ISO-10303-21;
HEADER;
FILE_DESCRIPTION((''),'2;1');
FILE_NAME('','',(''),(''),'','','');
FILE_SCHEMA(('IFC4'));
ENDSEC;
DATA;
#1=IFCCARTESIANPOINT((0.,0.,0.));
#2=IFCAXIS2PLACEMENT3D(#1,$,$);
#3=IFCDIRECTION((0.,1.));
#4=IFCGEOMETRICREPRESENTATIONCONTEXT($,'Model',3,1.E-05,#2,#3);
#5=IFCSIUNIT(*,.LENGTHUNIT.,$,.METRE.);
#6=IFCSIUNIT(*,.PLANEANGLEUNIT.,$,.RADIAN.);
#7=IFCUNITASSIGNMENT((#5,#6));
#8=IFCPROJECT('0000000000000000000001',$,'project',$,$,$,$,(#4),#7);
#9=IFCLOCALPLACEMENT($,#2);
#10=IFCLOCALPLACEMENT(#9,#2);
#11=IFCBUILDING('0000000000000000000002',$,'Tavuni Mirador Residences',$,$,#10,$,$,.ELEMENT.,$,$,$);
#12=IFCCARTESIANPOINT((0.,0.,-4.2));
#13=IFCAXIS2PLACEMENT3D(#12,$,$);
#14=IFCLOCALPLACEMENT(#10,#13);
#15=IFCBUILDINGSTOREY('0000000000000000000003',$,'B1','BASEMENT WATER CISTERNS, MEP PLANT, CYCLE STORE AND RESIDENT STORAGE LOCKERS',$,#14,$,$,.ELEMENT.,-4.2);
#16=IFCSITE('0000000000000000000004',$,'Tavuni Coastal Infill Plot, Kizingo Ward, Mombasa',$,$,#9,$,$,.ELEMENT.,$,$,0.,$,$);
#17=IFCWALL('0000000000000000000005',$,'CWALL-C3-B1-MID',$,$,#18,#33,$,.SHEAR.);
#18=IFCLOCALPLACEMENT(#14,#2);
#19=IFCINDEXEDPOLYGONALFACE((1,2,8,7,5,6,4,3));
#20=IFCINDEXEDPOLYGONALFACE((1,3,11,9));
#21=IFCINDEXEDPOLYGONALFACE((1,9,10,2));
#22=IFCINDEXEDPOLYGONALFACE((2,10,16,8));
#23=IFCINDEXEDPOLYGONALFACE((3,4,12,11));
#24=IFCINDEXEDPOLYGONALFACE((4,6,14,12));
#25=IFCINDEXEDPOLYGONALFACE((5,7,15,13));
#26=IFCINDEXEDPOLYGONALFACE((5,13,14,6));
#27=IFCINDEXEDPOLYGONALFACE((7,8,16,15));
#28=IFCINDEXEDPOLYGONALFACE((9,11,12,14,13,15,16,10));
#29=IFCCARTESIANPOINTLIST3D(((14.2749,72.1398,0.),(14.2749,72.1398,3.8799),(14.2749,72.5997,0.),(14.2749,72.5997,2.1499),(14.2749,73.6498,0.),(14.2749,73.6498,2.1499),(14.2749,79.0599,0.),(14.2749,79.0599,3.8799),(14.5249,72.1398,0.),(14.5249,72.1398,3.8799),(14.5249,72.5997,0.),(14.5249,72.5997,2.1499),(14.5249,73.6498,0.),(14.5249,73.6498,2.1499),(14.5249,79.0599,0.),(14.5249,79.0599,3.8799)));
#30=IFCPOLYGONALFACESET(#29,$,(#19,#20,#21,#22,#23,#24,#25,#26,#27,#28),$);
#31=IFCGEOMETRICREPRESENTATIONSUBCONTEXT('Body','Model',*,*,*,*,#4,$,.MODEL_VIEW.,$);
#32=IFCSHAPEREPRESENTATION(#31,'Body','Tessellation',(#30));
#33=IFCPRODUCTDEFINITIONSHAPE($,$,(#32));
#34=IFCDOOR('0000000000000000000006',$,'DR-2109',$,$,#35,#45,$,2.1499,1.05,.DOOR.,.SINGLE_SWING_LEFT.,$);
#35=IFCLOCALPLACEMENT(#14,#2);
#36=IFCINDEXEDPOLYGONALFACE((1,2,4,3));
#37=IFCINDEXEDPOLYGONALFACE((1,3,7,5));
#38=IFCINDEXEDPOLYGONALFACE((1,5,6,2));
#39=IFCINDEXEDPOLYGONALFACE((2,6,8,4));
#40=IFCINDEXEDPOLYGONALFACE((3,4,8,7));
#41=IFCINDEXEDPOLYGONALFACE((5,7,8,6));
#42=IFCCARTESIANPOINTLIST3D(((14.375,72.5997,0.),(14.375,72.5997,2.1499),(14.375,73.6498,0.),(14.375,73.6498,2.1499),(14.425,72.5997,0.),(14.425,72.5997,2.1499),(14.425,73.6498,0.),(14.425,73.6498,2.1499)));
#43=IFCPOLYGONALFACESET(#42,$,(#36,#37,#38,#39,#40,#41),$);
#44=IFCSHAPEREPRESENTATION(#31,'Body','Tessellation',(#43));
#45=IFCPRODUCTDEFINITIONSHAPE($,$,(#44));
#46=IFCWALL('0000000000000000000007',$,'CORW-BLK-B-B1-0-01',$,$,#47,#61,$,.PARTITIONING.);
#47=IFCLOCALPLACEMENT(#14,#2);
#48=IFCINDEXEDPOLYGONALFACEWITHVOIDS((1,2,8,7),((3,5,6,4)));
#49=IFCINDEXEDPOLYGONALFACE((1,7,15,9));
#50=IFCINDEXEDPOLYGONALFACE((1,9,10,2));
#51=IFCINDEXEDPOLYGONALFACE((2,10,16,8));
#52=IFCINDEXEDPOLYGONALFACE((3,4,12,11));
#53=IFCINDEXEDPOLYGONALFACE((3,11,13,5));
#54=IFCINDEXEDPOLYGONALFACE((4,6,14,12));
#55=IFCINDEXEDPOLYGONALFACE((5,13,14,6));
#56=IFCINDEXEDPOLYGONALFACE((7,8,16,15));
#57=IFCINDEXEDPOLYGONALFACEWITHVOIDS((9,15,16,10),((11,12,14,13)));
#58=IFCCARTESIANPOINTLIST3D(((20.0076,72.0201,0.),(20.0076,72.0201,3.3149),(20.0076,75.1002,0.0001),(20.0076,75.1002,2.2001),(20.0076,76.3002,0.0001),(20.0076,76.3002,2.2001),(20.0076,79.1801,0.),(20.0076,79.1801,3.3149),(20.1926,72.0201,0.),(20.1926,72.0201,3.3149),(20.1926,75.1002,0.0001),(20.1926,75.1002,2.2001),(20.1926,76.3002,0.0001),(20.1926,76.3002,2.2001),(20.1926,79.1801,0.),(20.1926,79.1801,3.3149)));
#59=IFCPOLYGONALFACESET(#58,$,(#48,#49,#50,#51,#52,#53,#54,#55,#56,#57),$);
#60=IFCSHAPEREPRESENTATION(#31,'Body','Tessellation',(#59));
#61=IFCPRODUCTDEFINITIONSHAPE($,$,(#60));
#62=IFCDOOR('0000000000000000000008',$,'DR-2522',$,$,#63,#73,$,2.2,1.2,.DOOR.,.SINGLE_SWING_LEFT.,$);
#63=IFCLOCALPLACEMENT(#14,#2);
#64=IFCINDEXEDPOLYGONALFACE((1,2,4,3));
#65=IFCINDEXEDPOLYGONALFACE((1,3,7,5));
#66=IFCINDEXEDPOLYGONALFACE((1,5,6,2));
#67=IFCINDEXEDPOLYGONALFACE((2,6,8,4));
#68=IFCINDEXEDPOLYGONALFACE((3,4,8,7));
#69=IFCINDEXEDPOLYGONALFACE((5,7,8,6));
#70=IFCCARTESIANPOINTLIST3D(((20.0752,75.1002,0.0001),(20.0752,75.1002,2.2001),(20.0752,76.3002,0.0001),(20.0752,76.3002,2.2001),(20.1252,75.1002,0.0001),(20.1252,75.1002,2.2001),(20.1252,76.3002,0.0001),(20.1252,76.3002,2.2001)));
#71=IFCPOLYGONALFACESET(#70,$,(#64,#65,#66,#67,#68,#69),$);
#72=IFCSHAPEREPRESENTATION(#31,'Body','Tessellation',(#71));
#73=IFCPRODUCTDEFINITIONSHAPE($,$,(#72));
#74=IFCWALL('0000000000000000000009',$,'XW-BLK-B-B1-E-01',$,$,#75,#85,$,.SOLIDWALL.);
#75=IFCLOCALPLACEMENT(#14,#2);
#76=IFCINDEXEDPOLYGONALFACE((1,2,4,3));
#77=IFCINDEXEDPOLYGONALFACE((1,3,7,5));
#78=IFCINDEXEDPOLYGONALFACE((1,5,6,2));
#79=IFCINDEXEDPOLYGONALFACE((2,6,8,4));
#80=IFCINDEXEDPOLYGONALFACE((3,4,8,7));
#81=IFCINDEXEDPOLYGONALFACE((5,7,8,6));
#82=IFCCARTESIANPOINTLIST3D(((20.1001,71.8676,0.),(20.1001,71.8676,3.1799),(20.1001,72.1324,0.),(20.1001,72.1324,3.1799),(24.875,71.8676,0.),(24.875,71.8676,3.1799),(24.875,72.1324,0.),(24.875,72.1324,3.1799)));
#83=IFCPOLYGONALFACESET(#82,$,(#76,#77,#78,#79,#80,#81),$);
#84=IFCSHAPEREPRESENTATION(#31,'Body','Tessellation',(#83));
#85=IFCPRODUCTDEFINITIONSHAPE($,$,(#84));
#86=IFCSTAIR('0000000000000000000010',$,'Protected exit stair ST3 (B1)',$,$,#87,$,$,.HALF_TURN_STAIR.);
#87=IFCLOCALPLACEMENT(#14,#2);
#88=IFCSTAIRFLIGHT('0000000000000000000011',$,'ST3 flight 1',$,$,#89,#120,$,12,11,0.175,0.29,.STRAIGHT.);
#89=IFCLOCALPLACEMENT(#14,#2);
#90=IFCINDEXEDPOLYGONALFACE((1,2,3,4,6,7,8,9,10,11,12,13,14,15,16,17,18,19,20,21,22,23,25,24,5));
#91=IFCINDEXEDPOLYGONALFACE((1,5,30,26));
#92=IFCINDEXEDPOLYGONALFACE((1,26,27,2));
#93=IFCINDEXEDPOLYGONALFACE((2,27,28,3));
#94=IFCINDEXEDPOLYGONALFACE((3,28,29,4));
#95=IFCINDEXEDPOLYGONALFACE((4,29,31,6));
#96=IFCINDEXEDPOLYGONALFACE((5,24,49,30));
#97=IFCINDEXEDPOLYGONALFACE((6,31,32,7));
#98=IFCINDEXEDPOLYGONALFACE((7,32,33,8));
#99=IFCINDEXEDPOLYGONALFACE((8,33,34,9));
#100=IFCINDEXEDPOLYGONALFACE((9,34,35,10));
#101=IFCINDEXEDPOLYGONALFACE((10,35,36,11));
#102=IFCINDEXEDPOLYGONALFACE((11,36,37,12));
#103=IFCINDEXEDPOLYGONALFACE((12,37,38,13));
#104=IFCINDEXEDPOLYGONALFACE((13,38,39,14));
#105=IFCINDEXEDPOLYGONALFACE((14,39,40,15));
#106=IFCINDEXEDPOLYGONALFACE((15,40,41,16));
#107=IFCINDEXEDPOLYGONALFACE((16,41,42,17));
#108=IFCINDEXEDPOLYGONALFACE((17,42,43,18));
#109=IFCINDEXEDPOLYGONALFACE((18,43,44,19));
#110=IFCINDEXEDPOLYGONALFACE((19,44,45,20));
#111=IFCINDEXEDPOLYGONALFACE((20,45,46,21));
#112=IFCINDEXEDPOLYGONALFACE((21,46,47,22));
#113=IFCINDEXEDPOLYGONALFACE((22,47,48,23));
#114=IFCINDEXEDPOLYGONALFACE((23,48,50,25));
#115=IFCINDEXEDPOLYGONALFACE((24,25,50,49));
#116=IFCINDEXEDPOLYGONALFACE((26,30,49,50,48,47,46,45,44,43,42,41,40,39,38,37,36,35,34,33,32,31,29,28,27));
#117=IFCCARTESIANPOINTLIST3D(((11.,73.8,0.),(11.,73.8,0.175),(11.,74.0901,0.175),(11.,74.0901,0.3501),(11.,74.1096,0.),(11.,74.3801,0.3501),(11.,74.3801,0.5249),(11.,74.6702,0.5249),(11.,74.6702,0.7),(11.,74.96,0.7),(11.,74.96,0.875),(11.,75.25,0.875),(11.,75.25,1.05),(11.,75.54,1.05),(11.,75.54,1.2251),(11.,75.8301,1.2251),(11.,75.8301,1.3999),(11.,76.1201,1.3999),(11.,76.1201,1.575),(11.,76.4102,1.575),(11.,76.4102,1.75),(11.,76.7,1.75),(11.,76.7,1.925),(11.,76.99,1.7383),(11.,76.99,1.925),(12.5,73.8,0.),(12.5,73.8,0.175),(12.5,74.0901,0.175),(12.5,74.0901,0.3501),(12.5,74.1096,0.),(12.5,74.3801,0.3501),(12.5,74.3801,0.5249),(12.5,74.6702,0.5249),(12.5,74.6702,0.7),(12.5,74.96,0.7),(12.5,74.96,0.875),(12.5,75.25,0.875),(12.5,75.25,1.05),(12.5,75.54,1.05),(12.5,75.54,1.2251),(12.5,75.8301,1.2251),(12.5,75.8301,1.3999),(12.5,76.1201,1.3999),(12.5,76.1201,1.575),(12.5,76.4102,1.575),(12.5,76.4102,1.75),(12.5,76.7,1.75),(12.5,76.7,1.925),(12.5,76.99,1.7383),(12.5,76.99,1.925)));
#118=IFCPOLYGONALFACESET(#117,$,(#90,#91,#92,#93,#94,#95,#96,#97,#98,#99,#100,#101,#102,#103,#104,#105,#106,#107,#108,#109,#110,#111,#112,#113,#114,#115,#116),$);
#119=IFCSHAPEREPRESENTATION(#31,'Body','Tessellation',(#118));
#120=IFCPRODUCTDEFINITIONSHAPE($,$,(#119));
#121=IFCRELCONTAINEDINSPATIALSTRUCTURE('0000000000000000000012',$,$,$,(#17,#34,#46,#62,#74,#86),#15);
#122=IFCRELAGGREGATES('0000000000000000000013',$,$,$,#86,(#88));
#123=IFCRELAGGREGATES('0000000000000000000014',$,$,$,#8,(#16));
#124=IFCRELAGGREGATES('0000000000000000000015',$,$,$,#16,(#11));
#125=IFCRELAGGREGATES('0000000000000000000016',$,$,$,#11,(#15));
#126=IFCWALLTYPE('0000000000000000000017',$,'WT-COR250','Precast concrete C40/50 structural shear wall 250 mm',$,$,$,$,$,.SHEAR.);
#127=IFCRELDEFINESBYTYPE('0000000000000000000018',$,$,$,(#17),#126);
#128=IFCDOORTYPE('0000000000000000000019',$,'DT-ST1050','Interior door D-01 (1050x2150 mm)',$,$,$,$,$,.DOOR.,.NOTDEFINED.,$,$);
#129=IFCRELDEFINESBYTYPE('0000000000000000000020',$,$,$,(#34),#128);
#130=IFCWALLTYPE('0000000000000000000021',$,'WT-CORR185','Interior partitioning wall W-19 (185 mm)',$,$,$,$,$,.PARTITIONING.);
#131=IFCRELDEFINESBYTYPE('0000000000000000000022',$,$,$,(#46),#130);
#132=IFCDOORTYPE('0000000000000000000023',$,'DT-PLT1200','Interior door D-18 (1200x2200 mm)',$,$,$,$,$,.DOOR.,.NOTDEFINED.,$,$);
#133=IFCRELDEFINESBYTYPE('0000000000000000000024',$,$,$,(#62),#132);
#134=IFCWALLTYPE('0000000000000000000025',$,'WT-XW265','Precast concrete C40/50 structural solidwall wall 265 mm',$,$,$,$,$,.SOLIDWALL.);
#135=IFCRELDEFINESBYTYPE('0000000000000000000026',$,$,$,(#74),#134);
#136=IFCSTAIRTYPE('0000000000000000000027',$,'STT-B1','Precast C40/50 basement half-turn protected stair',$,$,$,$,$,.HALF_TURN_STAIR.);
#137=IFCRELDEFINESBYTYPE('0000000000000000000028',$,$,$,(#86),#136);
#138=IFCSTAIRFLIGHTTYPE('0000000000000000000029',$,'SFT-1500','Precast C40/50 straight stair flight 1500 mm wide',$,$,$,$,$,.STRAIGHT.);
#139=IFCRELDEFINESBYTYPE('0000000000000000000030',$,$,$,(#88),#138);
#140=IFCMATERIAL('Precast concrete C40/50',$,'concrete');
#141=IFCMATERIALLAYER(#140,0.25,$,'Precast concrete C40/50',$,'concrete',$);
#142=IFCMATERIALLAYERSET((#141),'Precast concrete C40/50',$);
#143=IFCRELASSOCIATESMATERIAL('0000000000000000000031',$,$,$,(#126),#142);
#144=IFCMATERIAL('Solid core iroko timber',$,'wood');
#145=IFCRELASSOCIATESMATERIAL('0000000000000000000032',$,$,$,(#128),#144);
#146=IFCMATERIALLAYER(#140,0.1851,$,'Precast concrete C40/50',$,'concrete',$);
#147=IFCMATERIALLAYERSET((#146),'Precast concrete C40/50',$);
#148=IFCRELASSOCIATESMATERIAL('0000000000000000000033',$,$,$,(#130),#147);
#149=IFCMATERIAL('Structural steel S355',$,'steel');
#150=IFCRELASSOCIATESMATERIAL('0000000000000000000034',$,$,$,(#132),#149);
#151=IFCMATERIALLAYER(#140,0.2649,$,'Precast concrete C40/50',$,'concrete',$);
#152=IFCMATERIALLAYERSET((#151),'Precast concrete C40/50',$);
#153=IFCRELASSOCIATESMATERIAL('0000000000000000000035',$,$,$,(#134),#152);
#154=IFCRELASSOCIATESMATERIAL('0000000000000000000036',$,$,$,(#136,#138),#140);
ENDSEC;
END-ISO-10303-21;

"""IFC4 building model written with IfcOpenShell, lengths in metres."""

from ifc_helpers import new_model, si_unit, direction, frame, frame_2d, origin, place, context, subcontext, project, spatial, polyline, rectangle, outline, extrude, material, layer, layer_set, type_object, element, fill, aggregate, save


model = new_model("IFC4")

# Units and contexts
model_context = context("Model", 3, precision=1e-05, world=origin(), true_north=direction((0.0, 1.0)))
body_context = subcontext(model_context, "Body", "Model", "MODEL_VIEW")
ifc_project = project(units=[si_unit("LENGTHUNIT", "METRE"), si_unit("PLANEANGLEUNIT", "RADIAN")], contexts=[model_context])

# Site, building, storey
site_placement = place(None, origin())
site = spatial("IfcSite", under=ifc_project, at=site_placement, Name="Tavuni Coastal Infill Plot, Kizingo Ward, Mombasa", CompositionType="ELEMENT", RefElevation=0.0)
building_placement = place(site_placement, origin())
building = spatial("IfcBuilding", under=site, at=building_placement, Name="Tavuni Mirador Residences", CompositionType="ELEMENT")
storey_placement = place(building_placement, frame((0.0, 0.0, -4.2)))
storey = spatial("IfcBuildingStorey", under=building, at=storey_placement, Name="B1", Description="BASEMENT WATER CISTERNS, MEP PLANT, CYCLE STORE AND RESIDENT STORAGE LOCKERS", CompositionType="ELEMENT", Elevation=-4.2)

# Shared definitions
ifc_material_1 = material(Name="Precast concrete C40/50", Category="concrete")

# Walls, openings, doors
ifc_layer_1 = layer(ifc_material_1, 0.25, Name="Precast concrete C40/50", Category="concrete")
ifc_layer_set_1 = layer_set([ifc_layer_1], Name="Precast concrete C40/50")
wall_type_1 = type_object("IfcWallType", Name="WT-COR250", Description="Precast concrete C40/50 structural shear wall 250 mm", PredefinedType="SHEAR", material=ifc_layer_set_1)
wall_1_placement = place(storey_placement, frame((14.3999, 72.1399, 0.0), z_axis=(0.0, 0.0, 1.0), x_axis=(0.0, 1.0, 0.0)))
wall_1 = element("IfcWall", 1, at=wall_1_placement, inside=storey, type_object=wall_type_1, Name="CWALL-C3-B1-MID", PredefinedType="SHEAR", context=body_context, shape_type="SweptSolid", body=[
    extrude(rectangle(XDim=6.9202, YDim=0.25, at=frame_2d((3.46, 0.0))), origin(), (0.0, 0.0, 1.0), 3.8799),
])
opening_1_placement = place(wall_1_placement, frame((0.46, 0.0, 0.0)))
opening_1 = element("IfcOpeningElement", 2, at=opening_1_placement, cuts=wall_1, PredefinedType="OPENING", context=body_context, shape_type="SweptSolid", body=[
    extrude(rectangle(XDim=1.05, YDim=2.1499, at=frame_2d((0.5249, 1.075))), frame((0.0, 0.135, 0.0), z_axis=(0.0, -1.0, 0.0), x_axis=(1.0, 0.0, 0.0)), (0.0, 0.0, 1.0), 0.27),
])
ifc_material_2 = material(Name="Solid core iroko timber", Category="wood")
door_type_1 = type_object("IfcDoorType", Name="DT-ST1050", Description="Interior door D-01 (1050x2150 mm)", OperationType="NOTDEFINED", PredefinedType="DOOR", material=ifc_material_2)
door_1_placement = place(opening_1_placement, origin())
door_1 = element("IfcDoor", 3, at=door_1_placement, inside=storey, type_object=door_type_1, Name="DR-2109", OperationType="SINGLE_SWING_LEFT", OverallHeight=2.1499, OverallWidth=1.05, PredefinedType="DOOR", context=body_context, shape_type="SweptSolid", body=[
    extrude(rectangle(XDim=1.05, YDim=2.1499, at=frame_2d((0.5249, 1.075))), frame((0.0, 0.0249, 0.0), z_axis=(0.0, -1.0, 0.0), x_axis=(1.0, 0.0, 0.0)), (0.0, 0.0, 1.0), 0.05),
])
fill(opening_1, door_1)
ifc_layer_2 = layer(ifc_material_1, 0.1851, Name="Precast concrete C40/50", Category="concrete")
ifc_layer_set_2 = layer_set([ifc_layer_2], Name="Precast concrete C40/50")
wall_type_2 = type_object("IfcWallType", Name="WT-CORR185", Description="Interior partitioning wall W-19 (185 mm)", PredefinedType="PARTITIONING", material=ifc_layer_set_2)
wall_2_placement = place(storey_placement, frame((20.1001, 72.02, 0.0), z_axis=(0.0, 0.0, 1.0), x_axis=(0.0, 1.0, 0.0)))
wall_2 = element("IfcWall", 4, at=wall_2_placement, inside=storey, type_object=wall_type_2, Name="CORW-BLK-B-B1-0-01", PredefinedType="PARTITIONING", context=body_context, shape_type="SweptSolid", body=[
    extrude(rectangle(XDim=7.1599, YDim=0.1851, at=frame_2d((3.5801, 0.0))), origin(), (0.0, 0.0, 1.0), 3.3149),
])
opening_2_placement = place(wall_2_placement, frame((3.0801, 0.0, 0.0)))
opening_2 = element("IfcOpeningElement", 5, at=opening_2_placement, cuts=wall_2, PredefinedType="OPENING", context=body_context, shape_type="SweptSolid", body=[
    extrude(rectangle(XDim=1.2, YDim=2.2, at=frame_2d((0.6001, 1.1001))), frame((0.0, 0.1025, 0.0), z_axis=(0.0, -1.0, 0.0), x_axis=(1.0, 0.0, 0.0)), (0.0, 0.0, 1.0), 0.2051),
])
ifc_material_3 = material(Name="Structural steel S355", Category="steel")
door_type_2 = type_object("IfcDoorType", Name="DT-PLT1200", Description="Interior door D-18 (1200x2200 mm)", OperationType="NOTDEFINED", PredefinedType="DOOR", material=ifc_material_3)
door_2_placement = place(opening_2_placement, origin())
door_2 = element("IfcDoor", 6, at=door_2_placement, inside=storey, type_object=door_type_2, Name="DR-2522", OperationType="SINGLE_SWING_LEFT", OverallHeight=2.2, OverallWidth=1.2, PredefinedType="DOOR", context=body_context, shape_type="SweptSolid", body=[
    extrude(rectangle(XDim=1.2, YDim=2.2, at=frame_2d((0.6001, 1.1001))), frame((0.0, 0.0249, 0.0), z_axis=(0.0, -1.0, 0.0), x_axis=(1.0, 0.0, 0.0)), (0.0, 0.0, 1.0), 0.05),
])
fill(opening_2, door_2)

# Wall
ifc_layer_3 = layer(ifc_material_1, 0.2649, Name="Precast concrete C40/50", Category="concrete")
ifc_layer_set_3 = layer_set([ifc_layer_3], Name="Precast concrete C40/50")
wall_type_3 = type_object("IfcWallType", Name="WT-XW265", Description="Precast concrete C40/50 structural solidwall wall 265 mm", PredefinedType="SOLIDWALL", material=ifc_layer_set_3)
wall_3_placement = place(storey_placement, frame((20.1001, 72.0, 0.0), z_axis=(0.0, 0.0, 1.0), x_axis=(1.0, 0.0, 0.0)))
element("IfcWall", 7, at=wall_3_placement, inside=storey, type_object=wall_type_3, Name="XW-BLK-B-B1-E-01", PredefinedType="SOLIDWALL", context=body_context, shape_type="SweptSolid", body=[
    extrude(rectangle(XDim=4.7749, YDim=0.2649, at=frame_2d((2.3875, 0.0))), origin(), (0.0, 0.0, 1.0), 3.1799),
])

# Stair, stair flight
stair_type = type_object("IfcStairType", Name="STT-B1", Description="Precast C40/50 basement half-turn protected stair", PredefinedType="HALF_TURN_STAIR", material=ifc_material_1)
stair_placement = place(storey_placement, origin())
stair = element("IfcStair", 8, at=stair_placement, inside=storey, type_object=stair_type, Name="Protected exit stair ST3 (B1)", PredefinedType="HALF_TURN_STAIR")
stair_flight_type = type_object("IfcStairFlightType", Name="SFT-1500", Description="Precast C40/50 straight stair flight 1500 mm wide", PredefinedType="STRAIGHT", material=ifc_material_1)
stair_flight_placement = place(storey_placement, frame((11.75, 73.8, 0.0), z_axis=(0.0, 0.0, 1.0), x_axis=(0.0, 1.0, 0.0)))
stair_flight = element("IfcStairFlight", 9, at=stair_flight_placement, type_object=stair_flight_type, Name="ST3 flight 1", NumberOfRisers=12, NumberOfTreads=11, PredefinedType="STRAIGHT", RiserHeight=0.175, TreadLength=0.29, context=body_context, shape_type="SweptSolid", body=[
    extrude(outline(polyline([(0.0, 0.0), (0.0, 0.175), (0.29, 0.175), (0.29, 0.3501), (0.5801, 0.3501), (0.5801, 0.5249), (0.8701, 0.5249), (0.8701, 0.7), (1.1599, 0.7), (1.1599, 0.875), (1.45, 0.875), (1.45, 1.05), (1.74, 1.05), (1.74, 1.2251), (2.03, 1.2251), (2.03, 1.3999), (2.3201, 1.3999), (2.3201, 1.575), (2.6101, 1.575), (2.6101, 1.75), (2.8999, 1.75), (2.8999, 1.925), (3.1899, 1.925), (3.1899, 2.1001), (3.1899, 1.7383), (0.3096, 0.0), (0.0, 0.0)])), frame((0.0, 0.75, 0.0), z_axis=(0.0, -1.0, 0.0), x_axis=(1.0, 0.0, 0.0)), (0.0, 0.0, 1.0), 1.5),
])
aggregate(stair, [stair_flight])

save(model, "model.ifc")
